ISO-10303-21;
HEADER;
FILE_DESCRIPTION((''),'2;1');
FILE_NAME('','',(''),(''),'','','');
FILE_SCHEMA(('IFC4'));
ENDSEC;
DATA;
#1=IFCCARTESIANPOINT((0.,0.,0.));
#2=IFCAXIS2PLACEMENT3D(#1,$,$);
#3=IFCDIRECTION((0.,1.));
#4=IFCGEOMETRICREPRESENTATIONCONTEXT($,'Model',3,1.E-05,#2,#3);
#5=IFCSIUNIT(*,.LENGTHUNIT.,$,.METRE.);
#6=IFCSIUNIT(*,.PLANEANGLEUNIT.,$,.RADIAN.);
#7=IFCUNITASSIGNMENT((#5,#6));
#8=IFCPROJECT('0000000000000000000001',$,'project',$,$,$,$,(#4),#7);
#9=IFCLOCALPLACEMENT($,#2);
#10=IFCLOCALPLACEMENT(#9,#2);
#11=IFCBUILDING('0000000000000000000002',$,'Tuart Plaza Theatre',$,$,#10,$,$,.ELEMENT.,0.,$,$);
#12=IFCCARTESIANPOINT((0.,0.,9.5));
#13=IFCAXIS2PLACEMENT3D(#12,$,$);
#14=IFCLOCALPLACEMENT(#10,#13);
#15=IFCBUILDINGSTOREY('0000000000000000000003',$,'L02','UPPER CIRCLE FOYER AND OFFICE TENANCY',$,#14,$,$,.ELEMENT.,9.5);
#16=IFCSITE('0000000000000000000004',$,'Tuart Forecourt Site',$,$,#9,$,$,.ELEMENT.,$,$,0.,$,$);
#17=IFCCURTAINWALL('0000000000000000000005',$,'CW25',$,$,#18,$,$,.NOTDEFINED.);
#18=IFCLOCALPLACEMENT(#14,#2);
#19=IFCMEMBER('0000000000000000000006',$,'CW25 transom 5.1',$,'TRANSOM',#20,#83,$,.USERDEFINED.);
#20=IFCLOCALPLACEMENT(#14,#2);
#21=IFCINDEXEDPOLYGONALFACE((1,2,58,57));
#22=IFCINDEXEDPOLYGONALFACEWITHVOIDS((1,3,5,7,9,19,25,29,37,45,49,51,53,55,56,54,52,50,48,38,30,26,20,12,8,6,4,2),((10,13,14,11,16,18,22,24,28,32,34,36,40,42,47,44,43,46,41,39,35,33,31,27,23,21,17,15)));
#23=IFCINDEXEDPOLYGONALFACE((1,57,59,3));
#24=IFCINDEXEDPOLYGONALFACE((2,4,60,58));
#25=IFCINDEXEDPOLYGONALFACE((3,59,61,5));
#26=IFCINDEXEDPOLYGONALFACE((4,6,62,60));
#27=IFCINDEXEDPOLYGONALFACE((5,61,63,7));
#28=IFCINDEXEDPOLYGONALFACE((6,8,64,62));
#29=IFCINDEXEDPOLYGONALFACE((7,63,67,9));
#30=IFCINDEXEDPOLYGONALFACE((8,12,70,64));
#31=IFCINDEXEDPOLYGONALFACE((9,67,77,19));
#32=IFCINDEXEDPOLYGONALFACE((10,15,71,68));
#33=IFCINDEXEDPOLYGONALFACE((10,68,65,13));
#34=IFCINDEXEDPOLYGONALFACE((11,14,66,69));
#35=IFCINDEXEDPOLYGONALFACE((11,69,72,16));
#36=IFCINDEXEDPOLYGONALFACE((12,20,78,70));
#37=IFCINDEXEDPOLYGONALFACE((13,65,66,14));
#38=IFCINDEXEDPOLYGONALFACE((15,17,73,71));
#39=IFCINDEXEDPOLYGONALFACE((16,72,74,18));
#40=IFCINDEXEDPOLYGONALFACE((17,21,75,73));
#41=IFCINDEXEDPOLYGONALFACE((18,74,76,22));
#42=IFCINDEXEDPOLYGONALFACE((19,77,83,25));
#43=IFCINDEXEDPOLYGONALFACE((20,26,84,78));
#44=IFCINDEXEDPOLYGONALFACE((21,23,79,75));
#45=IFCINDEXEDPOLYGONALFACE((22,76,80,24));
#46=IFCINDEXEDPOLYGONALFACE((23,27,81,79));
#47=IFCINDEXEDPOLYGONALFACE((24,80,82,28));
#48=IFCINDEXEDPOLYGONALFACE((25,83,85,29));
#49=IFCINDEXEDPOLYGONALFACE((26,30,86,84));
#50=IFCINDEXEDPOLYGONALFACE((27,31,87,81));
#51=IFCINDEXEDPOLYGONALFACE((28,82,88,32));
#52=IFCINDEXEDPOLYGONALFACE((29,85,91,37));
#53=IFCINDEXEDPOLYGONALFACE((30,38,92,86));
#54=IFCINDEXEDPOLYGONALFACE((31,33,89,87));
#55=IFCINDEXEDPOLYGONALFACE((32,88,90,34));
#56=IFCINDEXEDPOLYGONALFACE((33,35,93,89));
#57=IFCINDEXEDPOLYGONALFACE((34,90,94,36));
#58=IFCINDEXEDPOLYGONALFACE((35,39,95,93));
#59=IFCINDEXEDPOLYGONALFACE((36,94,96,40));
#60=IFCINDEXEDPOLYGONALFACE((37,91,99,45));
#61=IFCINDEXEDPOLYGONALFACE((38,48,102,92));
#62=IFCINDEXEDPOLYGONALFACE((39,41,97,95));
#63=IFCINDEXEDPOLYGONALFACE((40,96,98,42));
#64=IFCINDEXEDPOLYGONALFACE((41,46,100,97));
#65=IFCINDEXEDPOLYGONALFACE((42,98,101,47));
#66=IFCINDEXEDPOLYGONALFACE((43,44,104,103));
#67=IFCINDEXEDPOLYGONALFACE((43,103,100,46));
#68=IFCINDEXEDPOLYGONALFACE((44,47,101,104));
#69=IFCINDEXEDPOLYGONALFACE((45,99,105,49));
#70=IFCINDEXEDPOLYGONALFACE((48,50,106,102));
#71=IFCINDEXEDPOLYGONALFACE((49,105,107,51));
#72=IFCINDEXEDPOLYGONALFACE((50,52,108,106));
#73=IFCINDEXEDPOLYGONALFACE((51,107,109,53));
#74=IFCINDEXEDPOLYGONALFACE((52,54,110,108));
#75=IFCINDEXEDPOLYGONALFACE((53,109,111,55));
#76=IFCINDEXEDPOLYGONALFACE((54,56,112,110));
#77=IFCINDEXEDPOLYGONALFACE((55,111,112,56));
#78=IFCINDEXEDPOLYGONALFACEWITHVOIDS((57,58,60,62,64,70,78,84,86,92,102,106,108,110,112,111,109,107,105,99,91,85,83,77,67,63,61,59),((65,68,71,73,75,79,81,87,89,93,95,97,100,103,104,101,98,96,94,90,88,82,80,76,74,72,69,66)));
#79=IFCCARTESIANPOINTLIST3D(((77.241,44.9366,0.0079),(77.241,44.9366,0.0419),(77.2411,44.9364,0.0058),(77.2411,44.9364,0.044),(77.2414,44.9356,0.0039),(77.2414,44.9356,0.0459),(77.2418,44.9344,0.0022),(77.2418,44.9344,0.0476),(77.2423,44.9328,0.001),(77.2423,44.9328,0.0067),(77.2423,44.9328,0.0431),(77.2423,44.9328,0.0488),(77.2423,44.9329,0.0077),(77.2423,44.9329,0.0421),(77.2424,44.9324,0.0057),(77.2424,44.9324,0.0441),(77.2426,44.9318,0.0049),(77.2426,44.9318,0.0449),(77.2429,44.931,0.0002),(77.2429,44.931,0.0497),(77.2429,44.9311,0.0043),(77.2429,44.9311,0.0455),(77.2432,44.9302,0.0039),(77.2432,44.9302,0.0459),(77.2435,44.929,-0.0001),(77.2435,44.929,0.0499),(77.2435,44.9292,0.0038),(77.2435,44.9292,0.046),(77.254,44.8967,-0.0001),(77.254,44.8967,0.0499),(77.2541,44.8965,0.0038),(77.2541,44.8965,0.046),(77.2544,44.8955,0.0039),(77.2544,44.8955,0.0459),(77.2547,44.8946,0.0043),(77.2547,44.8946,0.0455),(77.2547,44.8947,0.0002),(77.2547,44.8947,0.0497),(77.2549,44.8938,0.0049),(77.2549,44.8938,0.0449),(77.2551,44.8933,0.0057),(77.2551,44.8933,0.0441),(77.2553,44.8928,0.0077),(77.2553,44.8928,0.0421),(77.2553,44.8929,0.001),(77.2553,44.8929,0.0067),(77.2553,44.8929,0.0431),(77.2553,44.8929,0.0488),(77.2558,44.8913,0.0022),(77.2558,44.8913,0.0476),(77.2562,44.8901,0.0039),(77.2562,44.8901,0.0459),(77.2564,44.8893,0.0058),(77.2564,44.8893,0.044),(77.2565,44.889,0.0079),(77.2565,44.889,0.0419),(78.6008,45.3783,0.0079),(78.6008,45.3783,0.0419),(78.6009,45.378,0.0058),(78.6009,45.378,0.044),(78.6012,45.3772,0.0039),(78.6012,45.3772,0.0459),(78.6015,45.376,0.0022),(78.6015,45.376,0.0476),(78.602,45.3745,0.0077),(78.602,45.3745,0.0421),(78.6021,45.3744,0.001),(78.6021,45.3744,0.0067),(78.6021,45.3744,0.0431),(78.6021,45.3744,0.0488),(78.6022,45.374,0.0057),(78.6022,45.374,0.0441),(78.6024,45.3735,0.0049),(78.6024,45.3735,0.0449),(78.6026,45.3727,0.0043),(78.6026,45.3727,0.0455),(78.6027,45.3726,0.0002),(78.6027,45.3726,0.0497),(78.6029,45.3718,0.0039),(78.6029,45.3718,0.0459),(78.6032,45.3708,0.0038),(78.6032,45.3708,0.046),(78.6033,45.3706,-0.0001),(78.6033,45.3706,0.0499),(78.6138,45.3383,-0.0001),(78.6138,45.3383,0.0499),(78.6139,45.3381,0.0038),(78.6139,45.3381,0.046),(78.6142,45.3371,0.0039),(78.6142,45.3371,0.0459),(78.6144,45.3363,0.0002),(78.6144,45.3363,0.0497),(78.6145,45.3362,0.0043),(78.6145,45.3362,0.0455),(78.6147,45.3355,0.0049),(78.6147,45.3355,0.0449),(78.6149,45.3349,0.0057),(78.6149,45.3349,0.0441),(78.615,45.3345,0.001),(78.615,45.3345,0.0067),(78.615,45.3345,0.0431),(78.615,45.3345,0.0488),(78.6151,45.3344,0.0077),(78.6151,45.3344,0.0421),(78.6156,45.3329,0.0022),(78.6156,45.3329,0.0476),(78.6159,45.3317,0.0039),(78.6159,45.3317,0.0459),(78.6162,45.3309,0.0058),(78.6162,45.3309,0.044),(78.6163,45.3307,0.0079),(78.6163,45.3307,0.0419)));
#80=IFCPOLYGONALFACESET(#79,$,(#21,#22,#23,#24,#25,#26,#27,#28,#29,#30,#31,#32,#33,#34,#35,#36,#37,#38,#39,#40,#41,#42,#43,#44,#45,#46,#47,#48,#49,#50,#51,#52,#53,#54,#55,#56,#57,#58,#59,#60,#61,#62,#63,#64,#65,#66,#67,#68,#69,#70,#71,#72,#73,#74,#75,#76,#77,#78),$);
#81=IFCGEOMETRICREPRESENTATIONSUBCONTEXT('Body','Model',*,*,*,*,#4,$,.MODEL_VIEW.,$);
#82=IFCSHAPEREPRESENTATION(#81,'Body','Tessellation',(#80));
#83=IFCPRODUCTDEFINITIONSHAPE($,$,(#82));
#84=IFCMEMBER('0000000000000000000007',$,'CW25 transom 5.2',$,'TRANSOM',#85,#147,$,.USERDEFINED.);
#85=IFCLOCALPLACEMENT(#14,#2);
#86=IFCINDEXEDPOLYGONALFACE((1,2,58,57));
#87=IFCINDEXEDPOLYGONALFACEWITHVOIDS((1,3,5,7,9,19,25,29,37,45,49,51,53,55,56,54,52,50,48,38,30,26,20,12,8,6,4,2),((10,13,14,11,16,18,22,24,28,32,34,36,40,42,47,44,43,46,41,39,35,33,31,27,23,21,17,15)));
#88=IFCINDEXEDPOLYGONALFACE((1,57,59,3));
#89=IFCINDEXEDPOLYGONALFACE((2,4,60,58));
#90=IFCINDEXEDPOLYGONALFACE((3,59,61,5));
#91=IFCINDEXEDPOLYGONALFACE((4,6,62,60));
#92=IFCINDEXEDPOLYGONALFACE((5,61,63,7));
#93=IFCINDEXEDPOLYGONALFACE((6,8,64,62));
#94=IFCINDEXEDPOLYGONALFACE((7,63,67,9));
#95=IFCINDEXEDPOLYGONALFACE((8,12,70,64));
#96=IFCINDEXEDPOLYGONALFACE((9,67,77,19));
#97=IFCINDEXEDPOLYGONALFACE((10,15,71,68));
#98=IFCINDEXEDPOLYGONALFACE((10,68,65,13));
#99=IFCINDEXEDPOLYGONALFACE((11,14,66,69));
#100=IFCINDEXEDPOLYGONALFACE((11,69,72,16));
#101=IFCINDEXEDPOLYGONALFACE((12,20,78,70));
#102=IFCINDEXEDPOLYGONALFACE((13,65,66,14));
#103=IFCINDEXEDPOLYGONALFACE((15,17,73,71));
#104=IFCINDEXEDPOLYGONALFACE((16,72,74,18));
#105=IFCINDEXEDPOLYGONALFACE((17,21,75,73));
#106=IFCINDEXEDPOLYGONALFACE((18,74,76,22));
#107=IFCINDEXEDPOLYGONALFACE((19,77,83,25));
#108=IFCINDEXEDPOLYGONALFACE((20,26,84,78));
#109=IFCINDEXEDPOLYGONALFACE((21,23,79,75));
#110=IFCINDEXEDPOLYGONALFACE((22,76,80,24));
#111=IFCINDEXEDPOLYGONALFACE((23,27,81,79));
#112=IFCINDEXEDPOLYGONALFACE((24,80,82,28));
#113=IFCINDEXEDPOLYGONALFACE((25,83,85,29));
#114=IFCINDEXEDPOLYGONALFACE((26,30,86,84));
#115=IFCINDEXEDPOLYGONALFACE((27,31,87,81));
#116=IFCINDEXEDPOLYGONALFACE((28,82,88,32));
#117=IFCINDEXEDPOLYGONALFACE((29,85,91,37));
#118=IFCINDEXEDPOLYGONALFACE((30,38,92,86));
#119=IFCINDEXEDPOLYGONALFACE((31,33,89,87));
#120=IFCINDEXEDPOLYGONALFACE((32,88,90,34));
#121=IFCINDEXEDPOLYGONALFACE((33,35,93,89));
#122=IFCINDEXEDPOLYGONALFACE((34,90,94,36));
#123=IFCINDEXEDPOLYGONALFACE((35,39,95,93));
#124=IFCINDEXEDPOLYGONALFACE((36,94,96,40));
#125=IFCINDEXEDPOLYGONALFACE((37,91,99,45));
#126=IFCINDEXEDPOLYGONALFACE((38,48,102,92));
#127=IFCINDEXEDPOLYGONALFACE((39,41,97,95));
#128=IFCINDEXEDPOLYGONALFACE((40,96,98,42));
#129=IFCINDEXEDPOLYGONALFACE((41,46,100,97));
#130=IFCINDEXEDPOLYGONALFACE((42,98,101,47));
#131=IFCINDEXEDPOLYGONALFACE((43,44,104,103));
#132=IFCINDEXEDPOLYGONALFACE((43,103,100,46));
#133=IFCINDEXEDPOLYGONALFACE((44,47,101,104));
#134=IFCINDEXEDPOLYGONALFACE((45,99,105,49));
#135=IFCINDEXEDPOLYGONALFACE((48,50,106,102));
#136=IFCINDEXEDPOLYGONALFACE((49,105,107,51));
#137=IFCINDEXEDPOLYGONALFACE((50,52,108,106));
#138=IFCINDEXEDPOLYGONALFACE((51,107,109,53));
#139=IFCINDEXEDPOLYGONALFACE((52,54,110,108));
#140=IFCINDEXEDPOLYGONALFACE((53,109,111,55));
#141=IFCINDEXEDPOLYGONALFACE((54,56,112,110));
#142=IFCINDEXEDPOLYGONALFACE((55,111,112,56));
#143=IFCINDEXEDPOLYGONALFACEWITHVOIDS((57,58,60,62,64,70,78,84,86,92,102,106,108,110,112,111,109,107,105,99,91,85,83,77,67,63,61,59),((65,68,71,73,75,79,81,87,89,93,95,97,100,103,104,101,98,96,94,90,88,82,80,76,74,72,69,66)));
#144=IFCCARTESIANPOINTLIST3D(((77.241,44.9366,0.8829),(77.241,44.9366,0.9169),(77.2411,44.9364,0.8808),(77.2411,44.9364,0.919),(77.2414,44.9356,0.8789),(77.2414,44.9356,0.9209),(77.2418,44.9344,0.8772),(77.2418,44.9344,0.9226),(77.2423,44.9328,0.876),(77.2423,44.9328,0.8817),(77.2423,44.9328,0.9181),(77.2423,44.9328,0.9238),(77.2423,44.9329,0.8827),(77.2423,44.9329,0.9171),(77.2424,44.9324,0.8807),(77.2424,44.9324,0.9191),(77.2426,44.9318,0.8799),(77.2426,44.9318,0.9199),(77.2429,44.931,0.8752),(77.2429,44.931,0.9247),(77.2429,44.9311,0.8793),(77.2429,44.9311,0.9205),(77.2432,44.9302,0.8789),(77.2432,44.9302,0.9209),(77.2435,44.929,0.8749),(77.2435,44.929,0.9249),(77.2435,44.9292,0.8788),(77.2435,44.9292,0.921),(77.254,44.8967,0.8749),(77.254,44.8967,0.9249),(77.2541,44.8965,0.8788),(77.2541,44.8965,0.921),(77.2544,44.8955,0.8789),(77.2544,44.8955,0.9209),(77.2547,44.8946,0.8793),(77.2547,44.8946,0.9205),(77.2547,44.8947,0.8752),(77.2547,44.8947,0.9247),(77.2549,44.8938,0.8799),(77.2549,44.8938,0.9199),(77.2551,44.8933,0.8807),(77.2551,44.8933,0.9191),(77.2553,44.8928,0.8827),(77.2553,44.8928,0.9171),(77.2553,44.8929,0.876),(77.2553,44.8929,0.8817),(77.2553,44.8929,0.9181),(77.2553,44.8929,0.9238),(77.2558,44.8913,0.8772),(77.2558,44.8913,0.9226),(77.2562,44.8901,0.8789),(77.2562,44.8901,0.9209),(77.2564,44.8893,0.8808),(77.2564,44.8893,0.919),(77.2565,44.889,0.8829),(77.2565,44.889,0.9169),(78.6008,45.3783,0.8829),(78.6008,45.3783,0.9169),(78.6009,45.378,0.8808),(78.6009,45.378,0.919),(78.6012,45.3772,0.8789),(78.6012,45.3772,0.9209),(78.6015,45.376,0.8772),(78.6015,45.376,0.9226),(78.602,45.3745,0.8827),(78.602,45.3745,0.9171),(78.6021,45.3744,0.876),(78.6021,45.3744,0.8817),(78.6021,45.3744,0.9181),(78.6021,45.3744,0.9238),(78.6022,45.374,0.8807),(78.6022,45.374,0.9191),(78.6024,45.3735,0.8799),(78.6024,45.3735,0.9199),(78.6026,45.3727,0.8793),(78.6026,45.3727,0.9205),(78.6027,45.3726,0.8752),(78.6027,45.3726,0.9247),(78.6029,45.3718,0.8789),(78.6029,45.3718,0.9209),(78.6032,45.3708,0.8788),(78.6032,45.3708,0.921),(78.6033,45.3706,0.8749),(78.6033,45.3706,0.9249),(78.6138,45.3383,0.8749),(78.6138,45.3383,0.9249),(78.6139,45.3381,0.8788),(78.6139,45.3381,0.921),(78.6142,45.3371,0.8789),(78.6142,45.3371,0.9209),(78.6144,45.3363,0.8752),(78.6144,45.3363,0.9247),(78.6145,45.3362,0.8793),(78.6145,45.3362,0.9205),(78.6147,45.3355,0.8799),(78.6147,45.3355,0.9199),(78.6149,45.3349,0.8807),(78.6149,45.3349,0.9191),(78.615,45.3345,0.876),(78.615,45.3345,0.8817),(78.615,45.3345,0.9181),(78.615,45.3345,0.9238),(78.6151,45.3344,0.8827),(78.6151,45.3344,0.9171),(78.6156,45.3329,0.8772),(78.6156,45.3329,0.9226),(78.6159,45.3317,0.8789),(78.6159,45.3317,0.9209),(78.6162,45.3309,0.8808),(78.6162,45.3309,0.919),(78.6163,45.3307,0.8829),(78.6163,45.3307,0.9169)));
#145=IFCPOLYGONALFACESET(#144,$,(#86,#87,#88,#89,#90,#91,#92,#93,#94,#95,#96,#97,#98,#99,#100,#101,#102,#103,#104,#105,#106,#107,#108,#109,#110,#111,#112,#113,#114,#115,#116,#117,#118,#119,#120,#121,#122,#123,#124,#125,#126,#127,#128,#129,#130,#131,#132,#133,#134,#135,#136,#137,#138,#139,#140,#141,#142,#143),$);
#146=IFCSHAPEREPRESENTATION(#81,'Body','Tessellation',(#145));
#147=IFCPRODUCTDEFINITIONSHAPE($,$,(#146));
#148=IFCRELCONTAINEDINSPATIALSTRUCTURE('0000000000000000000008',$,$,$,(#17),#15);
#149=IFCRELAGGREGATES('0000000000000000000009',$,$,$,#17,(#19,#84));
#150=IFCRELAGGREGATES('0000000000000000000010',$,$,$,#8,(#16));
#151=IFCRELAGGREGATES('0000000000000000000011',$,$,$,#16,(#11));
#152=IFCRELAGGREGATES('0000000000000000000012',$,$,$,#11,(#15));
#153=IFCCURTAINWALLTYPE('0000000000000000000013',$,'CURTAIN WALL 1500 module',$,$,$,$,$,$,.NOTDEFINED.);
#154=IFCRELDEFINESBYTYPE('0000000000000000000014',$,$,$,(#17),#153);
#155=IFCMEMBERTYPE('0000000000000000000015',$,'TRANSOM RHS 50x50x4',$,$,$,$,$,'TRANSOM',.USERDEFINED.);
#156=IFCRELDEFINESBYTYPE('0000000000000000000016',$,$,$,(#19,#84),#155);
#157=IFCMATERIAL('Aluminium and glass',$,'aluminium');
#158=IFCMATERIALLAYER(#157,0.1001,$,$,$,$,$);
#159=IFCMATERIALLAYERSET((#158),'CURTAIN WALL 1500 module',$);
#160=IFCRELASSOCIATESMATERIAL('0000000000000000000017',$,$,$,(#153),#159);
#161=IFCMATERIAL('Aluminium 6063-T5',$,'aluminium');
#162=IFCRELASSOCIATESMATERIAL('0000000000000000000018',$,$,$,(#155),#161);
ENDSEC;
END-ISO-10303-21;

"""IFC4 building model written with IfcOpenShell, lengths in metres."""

from ifc_helpers import new_model, si_unit, direction, frame, origin, origin_2d, place, context, subcontext, project, spatial, hollow_rectangle, extrude, material, layer, layer_set, material_profile, profile_set, type_object, element, aggregate, save


model = new_model("IFC4")

# Units and contexts
model_context = context("Model", 3, precision=1e-05, world=origin(), true_north=direction((0.0, 1.0)))
body_context = subcontext(model_context, "Body", "Model", "MODEL_VIEW")
ifc_project = project(units=[si_unit("LENGTHUNIT", "METRE"), si_unit("PLANEANGLEUNIT", "RADIAN")], contexts=[model_context])

# Site, building, storey
site_placement = place(None, origin())
site = spatial("IfcSite", under=ifc_project, at=site_placement, Name="Tuart Forecourt Site", CompositionType="ELEMENT", RefElevation=0.0)
building_placement = place(site_placement, origin())
building = spatial("IfcBuilding", under=site, at=building_placement, Name="Tuart Plaza Theatre", CompositionType="ELEMENT", ElevationOfRefHeight=0.0)
storey_placement = place(building_placement, frame((0.0, 0.0, 9.5)))
storey = spatial("IfcBuildingStorey", under=building, at=storey_placement, Name="L02", Description="UPPER CIRCLE FOYER AND OFFICE TENANCY", CompositionType="ELEMENT", Elevation=9.5)

# Curtain wall
ifc_material_1 = material(Name="Aluminium and glass", Category="aluminium")
ifc_layer_1 = layer(ifc_material_1, 0.1001)
ifc_layer_set_1 = layer_set([ifc_layer_1], Name="CURTAIN WALL 1500 module")
curtain_wall_type = type_object("IfcCurtainWallType", Name="CURTAIN WALL 1500 module", PredefinedType="NOTDEFINED", material=ifc_layer_set_1)
curtain_wall_1_placement = place(storey_placement, origin())
curtain_wall_1 = element("IfcCurtainWall", 1, at=curtain_wall_1_placement, inside=storey, type_object=curtain_wall_type, Name="CW25", PredefinedType="NOTDEFINED")

# Members
ifc_material_2 = material(Name="Aluminium 6063-T5", Category="aluminium")
ifc_material_profile_1 = material_profile(ifc_material_2, hollow_rectangle(XDim=0.05, YDim=0.05, WallThickness=0.0039, InnerFilletRadius=0.0039, OuterFilletRadius=0.0081, at=origin_2d()), Name="RHS 50x50x4")
ifc_profile_set_1 = profile_set([ifc_material_profile_1], Name="Aluminium 6063-T5")
member_type_1 = type_object("IfcMemberType", Name="TRANSOM RHS 50x50x4", ElementType="TRANSOM", PredefinedType="USERDEFINED", material=ifc_profile_set_1)
member_1_placement = place(storey_placement, frame((77.2488, 44.9128, 0.0249), z_axis=(0.951097, 0.308893, 0.0), x_axis=(-0.308893, 0.951097, 0.0)))
member_1 = element("IfcMember", 2, at=member_1_placement, type_object=member_type_1, Name="CW25 transom 5.1", ObjectType="TRANSOM", PredefinedType="USERDEFINED", context=body_context, shape_type="SweptSolid", body=[
    extrude(hollow_rectangle(XDim=0.05, YDim=0.05, WallThickness=0.0039, InnerFilletRadius=0.0039, OuterFilletRadius=0.0081, at=origin_2d()), origin(), (0.0, 0.0, 1.0), 1.4297),
])
member_2_placement = place(storey_placement, frame((77.2488, 44.9128, 0.8999), z_axis=(0.951097, 0.308893, 0.0), x_axis=(-0.308893, 0.951097, 0.0)))
member_2 = element("IfcMember", 3, at=member_2_placement, type_object=member_type_1, Name="CW25 transom 5.2", ObjectType="TRANSOM", PredefinedType="USERDEFINED", context=body_context, shape_type="SweptSolid", body=[
    extrude(hollow_rectangle(XDim=0.05, YDim=0.05, WallThickness=0.0039, InnerFilletRadius=0.0039, OuterFilletRadius=0.0081, at=origin_2d()), origin(), (0.0, 0.0, 1.0), 1.4297),
])

aggregate(curtain_wall_1, [member_1, member_2])

save(model, "model.ifc")
